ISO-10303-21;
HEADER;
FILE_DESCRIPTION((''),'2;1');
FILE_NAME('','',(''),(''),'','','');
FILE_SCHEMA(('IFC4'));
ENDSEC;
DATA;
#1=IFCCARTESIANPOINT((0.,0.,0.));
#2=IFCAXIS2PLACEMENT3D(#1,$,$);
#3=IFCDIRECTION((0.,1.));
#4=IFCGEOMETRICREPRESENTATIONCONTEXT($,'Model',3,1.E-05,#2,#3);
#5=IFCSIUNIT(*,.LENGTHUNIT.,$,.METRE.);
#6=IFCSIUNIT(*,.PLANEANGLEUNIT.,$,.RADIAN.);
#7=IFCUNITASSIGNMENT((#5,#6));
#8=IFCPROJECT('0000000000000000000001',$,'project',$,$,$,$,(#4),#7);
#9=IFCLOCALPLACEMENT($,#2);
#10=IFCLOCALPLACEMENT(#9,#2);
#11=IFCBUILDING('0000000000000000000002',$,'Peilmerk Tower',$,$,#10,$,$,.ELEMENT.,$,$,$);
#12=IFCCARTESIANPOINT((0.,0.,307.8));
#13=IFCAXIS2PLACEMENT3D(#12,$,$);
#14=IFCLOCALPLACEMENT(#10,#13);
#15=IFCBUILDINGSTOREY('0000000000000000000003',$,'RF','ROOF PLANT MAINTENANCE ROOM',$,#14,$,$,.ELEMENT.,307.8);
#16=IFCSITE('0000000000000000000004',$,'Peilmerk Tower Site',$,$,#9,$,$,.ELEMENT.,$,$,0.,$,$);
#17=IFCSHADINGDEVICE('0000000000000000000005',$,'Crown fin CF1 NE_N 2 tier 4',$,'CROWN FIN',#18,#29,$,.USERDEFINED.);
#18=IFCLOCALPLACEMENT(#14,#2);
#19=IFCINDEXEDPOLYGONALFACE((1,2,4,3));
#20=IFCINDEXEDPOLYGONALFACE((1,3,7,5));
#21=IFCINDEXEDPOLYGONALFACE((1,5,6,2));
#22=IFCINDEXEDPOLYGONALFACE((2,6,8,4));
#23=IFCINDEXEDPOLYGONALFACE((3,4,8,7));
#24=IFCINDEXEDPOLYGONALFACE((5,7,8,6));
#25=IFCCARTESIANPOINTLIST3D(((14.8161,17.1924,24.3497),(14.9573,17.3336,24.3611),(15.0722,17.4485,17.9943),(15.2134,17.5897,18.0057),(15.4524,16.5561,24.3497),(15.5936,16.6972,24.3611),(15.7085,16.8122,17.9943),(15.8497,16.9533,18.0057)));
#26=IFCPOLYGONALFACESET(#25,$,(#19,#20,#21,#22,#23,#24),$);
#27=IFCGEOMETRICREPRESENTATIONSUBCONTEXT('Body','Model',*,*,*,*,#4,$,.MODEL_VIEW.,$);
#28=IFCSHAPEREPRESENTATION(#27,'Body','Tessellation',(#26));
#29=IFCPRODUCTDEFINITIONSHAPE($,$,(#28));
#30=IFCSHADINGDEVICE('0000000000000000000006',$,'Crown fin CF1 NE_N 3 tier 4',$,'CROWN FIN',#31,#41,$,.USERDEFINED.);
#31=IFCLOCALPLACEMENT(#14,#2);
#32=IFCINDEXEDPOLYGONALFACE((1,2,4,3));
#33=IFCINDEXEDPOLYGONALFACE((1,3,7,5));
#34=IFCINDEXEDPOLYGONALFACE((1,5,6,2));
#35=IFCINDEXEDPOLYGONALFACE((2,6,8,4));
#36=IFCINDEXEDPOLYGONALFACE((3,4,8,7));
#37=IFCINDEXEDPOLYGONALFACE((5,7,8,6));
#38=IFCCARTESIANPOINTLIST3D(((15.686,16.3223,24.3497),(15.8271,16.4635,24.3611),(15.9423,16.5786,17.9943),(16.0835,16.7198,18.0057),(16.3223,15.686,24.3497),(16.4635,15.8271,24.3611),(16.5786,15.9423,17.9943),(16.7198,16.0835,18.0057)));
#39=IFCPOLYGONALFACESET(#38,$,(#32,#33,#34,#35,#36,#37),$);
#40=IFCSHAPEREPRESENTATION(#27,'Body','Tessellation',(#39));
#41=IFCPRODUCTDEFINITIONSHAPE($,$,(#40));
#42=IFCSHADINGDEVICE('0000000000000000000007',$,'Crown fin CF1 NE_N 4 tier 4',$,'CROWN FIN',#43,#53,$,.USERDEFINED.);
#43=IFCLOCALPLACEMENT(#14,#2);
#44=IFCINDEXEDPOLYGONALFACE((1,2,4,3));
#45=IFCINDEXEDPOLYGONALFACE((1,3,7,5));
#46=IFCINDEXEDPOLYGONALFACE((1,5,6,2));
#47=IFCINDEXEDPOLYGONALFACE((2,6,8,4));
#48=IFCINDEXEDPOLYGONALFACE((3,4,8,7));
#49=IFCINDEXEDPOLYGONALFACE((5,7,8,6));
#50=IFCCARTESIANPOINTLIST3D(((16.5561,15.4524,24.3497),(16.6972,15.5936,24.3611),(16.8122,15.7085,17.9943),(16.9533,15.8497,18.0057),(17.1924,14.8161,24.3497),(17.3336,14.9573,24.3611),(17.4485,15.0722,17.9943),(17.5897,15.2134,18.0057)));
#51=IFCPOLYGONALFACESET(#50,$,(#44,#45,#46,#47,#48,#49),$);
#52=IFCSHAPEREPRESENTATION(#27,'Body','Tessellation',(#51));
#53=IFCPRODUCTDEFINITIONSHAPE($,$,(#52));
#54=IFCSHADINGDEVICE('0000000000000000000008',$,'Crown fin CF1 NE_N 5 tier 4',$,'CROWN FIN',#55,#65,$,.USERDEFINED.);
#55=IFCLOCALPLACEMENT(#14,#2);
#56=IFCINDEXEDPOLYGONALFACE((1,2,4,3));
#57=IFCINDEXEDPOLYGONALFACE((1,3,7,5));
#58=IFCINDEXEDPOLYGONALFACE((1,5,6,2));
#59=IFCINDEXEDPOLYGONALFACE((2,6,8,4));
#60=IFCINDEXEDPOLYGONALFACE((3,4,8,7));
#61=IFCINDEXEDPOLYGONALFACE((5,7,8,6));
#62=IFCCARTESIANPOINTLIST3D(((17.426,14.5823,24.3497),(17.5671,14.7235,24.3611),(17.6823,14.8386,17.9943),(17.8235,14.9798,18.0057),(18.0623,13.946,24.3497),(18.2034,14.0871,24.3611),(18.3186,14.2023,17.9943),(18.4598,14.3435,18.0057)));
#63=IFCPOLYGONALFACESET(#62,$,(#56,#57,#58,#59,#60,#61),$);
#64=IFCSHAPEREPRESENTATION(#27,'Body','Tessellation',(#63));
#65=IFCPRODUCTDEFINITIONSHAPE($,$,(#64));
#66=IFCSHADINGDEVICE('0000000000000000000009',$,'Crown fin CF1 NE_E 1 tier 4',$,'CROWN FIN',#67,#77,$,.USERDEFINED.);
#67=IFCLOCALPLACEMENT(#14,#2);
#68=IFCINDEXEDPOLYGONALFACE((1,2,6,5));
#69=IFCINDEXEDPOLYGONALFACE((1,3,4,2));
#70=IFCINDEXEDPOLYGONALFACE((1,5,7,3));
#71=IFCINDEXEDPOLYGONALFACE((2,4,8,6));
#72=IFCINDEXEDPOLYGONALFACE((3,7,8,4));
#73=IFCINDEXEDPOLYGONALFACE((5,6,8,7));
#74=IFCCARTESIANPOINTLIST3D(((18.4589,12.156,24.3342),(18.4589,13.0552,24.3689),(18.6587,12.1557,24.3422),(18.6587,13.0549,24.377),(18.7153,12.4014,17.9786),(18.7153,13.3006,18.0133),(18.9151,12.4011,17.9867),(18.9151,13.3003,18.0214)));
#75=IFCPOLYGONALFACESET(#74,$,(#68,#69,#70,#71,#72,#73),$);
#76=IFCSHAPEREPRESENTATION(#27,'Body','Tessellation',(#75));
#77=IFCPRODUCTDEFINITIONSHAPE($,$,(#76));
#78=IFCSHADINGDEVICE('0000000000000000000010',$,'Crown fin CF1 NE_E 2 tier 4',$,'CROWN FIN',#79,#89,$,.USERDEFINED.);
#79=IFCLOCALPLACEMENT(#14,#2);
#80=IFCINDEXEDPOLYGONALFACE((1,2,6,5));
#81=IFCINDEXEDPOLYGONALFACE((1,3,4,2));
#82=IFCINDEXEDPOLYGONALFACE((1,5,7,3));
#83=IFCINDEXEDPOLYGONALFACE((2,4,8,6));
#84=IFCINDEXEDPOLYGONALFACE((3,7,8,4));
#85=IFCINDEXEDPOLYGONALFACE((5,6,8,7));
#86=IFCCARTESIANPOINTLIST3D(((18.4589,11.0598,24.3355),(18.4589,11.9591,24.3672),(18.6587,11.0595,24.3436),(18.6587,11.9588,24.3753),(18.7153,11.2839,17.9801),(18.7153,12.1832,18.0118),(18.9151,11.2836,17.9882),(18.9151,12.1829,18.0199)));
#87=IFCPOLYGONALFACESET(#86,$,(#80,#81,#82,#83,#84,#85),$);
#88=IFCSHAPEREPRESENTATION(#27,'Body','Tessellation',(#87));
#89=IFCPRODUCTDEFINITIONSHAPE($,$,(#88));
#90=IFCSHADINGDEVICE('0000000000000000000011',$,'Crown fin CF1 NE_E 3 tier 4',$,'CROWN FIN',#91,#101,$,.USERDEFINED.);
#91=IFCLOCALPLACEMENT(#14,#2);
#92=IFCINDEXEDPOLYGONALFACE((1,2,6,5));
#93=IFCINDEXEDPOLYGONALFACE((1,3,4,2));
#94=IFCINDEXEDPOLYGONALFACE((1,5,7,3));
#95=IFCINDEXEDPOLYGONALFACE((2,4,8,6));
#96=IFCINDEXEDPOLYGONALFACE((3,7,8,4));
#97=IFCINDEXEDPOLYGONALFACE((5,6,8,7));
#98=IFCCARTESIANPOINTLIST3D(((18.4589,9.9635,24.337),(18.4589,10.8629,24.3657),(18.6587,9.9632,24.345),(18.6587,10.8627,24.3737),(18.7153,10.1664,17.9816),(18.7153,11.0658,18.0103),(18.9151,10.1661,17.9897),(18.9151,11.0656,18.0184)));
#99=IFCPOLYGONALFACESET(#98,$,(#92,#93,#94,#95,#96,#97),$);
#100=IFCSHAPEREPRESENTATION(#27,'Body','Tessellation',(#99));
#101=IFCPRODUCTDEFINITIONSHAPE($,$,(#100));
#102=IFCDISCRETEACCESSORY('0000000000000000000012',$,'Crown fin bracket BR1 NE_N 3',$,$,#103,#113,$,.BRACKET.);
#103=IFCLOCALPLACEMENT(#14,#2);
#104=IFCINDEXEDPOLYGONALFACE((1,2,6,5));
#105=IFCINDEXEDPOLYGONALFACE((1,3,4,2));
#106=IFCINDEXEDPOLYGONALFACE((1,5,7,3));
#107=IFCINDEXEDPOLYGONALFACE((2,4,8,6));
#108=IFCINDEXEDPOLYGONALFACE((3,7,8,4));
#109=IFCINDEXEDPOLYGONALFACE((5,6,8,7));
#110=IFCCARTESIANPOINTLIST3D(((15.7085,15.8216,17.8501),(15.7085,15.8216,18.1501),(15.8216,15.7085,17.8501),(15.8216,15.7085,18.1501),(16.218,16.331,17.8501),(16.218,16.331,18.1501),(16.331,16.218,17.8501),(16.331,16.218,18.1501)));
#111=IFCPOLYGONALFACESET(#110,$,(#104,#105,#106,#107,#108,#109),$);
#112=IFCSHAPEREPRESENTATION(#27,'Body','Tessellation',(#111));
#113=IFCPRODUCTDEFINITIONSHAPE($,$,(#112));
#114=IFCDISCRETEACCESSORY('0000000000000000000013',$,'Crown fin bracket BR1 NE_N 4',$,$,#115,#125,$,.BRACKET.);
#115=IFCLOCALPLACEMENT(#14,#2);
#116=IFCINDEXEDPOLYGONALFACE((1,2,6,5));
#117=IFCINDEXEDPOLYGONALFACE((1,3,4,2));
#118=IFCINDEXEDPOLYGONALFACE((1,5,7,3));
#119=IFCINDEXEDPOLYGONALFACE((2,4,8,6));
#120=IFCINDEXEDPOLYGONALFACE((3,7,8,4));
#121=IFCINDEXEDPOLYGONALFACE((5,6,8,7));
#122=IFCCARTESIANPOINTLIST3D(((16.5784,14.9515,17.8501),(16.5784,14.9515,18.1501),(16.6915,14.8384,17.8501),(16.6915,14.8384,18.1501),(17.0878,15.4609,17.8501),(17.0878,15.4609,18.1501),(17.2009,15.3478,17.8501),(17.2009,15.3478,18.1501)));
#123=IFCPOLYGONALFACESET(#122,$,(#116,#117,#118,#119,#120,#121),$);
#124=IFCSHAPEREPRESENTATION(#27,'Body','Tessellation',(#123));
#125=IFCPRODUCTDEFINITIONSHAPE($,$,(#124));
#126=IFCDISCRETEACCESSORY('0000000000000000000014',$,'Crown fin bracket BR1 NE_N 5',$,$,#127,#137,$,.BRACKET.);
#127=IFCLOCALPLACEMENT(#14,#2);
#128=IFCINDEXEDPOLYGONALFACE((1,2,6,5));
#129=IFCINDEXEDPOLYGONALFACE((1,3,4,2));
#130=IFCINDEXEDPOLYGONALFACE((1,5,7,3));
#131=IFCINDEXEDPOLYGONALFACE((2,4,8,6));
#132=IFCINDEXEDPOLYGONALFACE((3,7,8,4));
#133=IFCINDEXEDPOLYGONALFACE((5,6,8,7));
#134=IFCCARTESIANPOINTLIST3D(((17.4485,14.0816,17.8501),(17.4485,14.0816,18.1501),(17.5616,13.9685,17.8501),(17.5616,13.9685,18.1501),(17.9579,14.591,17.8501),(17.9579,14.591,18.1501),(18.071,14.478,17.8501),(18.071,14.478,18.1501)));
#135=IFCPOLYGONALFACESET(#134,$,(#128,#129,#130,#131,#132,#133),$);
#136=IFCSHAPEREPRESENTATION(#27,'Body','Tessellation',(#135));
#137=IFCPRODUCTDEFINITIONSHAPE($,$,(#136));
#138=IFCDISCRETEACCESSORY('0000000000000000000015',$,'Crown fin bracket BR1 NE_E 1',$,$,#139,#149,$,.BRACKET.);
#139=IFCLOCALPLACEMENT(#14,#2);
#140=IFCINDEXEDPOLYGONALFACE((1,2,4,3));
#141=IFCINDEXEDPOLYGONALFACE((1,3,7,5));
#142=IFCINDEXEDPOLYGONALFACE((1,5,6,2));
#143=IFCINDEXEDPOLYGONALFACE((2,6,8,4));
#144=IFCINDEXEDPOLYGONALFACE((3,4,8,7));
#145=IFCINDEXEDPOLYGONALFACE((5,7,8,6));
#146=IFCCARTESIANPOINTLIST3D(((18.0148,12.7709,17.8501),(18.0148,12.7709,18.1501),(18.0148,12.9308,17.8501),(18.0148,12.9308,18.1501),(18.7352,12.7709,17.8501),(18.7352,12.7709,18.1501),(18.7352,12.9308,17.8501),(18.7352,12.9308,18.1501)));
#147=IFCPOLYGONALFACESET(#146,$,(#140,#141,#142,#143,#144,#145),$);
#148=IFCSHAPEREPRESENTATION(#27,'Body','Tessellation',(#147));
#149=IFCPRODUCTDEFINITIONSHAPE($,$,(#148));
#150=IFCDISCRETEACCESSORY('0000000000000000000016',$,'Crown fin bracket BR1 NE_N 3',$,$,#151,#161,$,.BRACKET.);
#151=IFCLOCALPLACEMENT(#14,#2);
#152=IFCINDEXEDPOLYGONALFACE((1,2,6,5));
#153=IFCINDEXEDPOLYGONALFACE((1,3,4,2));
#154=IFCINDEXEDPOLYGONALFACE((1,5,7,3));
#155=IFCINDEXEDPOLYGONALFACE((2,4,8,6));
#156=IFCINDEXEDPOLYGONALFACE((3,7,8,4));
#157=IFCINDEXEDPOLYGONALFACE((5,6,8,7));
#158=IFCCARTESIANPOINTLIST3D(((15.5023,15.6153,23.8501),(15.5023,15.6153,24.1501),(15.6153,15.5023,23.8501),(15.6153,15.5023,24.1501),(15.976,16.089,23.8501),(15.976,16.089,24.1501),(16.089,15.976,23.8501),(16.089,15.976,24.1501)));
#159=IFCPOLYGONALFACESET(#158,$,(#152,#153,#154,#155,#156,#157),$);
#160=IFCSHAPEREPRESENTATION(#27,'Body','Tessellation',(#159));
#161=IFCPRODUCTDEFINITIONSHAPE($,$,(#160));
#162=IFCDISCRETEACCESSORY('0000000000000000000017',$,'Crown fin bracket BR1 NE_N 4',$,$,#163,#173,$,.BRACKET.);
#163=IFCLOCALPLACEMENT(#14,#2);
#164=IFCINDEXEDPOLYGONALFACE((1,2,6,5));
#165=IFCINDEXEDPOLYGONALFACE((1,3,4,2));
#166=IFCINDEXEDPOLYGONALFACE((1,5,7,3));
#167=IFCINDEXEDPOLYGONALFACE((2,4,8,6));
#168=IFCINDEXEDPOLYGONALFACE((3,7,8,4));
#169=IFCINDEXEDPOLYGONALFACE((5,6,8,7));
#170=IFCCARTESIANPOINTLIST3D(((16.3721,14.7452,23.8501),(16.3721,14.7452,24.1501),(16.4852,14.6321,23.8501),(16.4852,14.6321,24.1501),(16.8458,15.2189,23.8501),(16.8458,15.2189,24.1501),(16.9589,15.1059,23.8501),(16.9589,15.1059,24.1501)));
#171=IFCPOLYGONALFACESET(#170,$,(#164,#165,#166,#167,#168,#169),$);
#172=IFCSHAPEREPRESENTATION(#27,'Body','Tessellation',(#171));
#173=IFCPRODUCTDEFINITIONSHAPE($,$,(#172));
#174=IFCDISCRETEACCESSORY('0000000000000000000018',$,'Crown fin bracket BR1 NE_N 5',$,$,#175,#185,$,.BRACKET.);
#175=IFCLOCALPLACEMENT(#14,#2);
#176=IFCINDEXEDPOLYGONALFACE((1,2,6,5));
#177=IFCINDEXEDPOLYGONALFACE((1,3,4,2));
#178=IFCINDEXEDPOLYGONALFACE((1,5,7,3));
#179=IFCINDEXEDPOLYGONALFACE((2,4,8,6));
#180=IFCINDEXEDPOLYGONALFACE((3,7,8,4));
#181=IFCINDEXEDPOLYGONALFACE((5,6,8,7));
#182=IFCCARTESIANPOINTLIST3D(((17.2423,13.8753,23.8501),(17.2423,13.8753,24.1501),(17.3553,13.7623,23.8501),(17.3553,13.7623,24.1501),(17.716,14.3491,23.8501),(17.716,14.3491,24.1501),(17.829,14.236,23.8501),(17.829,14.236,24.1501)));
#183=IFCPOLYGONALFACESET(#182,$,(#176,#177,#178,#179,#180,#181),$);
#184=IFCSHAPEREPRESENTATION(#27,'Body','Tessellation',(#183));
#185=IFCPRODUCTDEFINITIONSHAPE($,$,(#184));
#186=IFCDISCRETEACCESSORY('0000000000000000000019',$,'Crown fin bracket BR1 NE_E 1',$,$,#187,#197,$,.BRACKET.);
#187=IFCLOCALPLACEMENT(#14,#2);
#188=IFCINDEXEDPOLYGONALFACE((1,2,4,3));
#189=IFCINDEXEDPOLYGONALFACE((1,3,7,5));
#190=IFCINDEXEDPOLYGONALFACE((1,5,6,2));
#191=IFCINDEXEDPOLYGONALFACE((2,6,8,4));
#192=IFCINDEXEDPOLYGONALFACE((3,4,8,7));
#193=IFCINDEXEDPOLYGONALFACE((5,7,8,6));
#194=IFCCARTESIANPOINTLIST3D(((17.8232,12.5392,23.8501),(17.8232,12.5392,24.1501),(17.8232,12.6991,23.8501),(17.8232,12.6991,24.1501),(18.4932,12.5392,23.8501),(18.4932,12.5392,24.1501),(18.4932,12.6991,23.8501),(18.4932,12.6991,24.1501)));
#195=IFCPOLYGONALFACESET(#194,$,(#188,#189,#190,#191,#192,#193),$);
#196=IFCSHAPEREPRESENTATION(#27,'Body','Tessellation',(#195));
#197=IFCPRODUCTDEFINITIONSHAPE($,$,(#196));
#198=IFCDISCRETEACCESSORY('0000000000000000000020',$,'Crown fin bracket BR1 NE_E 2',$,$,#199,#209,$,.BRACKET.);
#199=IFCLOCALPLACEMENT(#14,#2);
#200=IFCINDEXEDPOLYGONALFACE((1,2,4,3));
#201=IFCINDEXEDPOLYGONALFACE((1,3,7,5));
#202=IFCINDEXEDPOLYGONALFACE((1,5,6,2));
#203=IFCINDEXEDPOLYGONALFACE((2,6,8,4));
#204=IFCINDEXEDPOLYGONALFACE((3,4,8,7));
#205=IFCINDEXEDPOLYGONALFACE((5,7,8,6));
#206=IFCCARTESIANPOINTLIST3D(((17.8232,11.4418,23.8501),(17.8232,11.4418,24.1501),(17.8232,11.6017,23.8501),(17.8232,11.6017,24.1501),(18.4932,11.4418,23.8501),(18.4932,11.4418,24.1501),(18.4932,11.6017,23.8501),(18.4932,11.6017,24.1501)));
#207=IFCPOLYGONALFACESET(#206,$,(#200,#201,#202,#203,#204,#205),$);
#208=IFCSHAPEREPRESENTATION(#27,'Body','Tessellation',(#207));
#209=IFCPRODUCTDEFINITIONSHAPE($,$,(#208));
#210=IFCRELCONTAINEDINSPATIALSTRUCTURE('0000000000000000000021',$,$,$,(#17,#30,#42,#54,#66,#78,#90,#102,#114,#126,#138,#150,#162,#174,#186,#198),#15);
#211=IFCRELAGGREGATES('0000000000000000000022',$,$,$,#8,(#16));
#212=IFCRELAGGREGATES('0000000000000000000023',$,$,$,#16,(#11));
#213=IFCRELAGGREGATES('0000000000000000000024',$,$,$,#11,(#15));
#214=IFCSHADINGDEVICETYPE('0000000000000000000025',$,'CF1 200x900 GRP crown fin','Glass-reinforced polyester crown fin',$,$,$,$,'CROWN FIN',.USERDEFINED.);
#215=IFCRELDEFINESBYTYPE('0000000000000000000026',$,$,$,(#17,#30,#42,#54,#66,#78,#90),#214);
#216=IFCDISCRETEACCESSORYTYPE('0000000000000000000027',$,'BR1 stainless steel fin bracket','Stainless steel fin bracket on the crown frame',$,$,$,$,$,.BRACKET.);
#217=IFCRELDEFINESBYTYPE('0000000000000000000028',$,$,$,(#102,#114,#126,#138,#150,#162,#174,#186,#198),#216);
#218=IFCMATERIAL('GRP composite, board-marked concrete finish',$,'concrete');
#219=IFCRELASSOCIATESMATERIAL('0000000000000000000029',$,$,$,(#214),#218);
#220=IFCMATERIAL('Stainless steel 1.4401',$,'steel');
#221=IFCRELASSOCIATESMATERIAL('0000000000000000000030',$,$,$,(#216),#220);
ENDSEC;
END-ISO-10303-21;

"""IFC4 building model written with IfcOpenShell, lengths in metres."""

from ifc_helpers import new_model, si_unit, direction, frame, origin, origin_2d, place, context, subcontext, project, spatial, rectangle, extrude, source, transform, mapped, material, material_profile, profile_set, type_object, element, save


model = new_model("IFC4")

# Units and contexts
model_context = context("Model", 3, precision=1e-05, world=origin(), true_north=direction((0.0, 1.0)))
body_context = subcontext(model_context, "Body", "Model", "MODEL_VIEW")
ifc_project = project(units=[si_unit("LENGTHUNIT", "METRE"), si_unit("PLANEANGLEUNIT", "RADIAN")], contexts=[model_context])

# Site, building, storey
site_placement = place(None, origin())
site = spatial("IfcSite", under=ifc_project, at=site_placement, Name="Peilmerk Tower Site", CompositionType="ELEMENT", RefElevation=0.0)
building_placement = place(site_placement, origin())
building = spatial("IfcBuilding", under=site, at=building_placement, Name="Peilmerk Tower", CompositionType="ELEMENT")
storey_placement = place(building_placement, frame((0.0, 0.0, 307.8)))
storey = spatial("IfcBuildingStorey", under=building, at=storey_placement, Name="RF", Description="ROOF PLANT MAINTENANCE ROOM", CompositionType="ELEMENT", Elevation=307.8)

# Shading devices
ifc_material_1 = material(Name="GRP composite, board-marked concrete finish", Category="concrete")
ifc_material_profile_1 = material_profile(ifc_material_1, rectangle(XDim=0.2, YDim=0.8999, at=origin_2d()), Name="CF1 200x900")
ifc_profile_set_1 = profile_set([ifc_material_profile_1], Name="GRP composite, board-marked concrete finish")
shading_device_type = type_object("IfcShadingDeviceType", Name="CF1 200x900 GRP crown fin", Description="Glass-reinforced polyester crown fin", ElementType="CROWN FIN", PredefinedType="USERDEFINED", material=ifc_profile_set_1)
shared_shape_1 = source(origin(), body_context, "Body", "SweptSolid", [
    extrude(rectangle(XDim=0.2, YDim=0.8999, at=origin_2d()), origin(), (0.0, 0.0, 1.0), 6.3657),
])
for number, where, z_axis, x_axis, name in (
    (1, (15.4609, 17.2009, 18.0), (-0.040231, -0.040231, 0.99838), (0.705961, 0.705961, 0.056896), "Crown fin CF1 NE_N 2 tier 4"),
    (2, (16.3311, 16.3311, 18.0), (-0.04027, -0.04027, 0.998377), (0.705959, 0.705959, 0.05695), "Crown fin CF1 NE_N 3 tier 4"),
    (3, (17.2009, 15.4609, 18.0), (-0.040231, -0.040231, 0.99838), (0.705961, 0.705961, 0.056896), "Crown fin CF1 NE_N 4 tier 4"),
    (4, (18.071, 14.5911, 18.0), (-0.04027, -0.04027, 0.998377), (0.705959, 0.705959, 0.05695), "Crown fin CF1 NE_N 5 tier 4"),
):
    element("IfcShadingDevice", number, at=place(storey_placement, frame(where, z_axis=z_axis, x_axis=x_axis)), inside=storey, type_object=shading_device_type, Name=name, ObjectType="CROWN FIN", PredefinedType="USERDEFINED", context=body_context, shape_type="MappedRepresentation", body=[
        mapped(shared_shape_1, transform((0.0, 0.0, 0.0), scale=1.0)),
    ])
shared_shape_2 = source(origin(), body_context, "Body", "SweptSolid", [
    extrude(rectangle(XDim=0.2, YDim=0.8999, at=origin_2d()), origin(), (0.0, 0.0, 1.0), 6.3655),
])
shading_device_1_placement = place(storey_placement, frame((18.8152, 12.8508, 18.0), z_axis=(-0.040272, -0.038546, 0.998445), x_axis=(0.999189, -0.001554, 0.040242)))
element("IfcShadingDevice", 5, at=shading_device_1_placement, inside=storey, type_object=shading_device_type, Name="Crown fin CF1 NE_E 1 tier 4", ObjectType="CROWN FIN", PredefinedType="USERDEFINED", context=body_context, shape_type="MappedRepresentation", body=[
    mapped(shared_shape_2, transform((0.0, 0.0, 0.0), scale=1.0)),
])
shared_shape_3 = source(origin(), body_context, "Body", "SweptSolid", [
    extrude(rectangle(XDim=0.2, YDim=0.8999, at=origin_2d()), origin(), (0.0, 0.0, 1.0), 6.3645),
])
shading_device_2_placement = place(storey_placement, frame((18.8152, 11.7334, 18.0), z_axis=(-0.040277, -0.035214, 0.998568), x_axis=(0.999189, -0.001419, 0.040252)))
element("IfcShadingDevice", 6, at=shading_device_2_placement, inside=storey, type_object=shading_device_type, Name="Crown fin CF1 NE_E 2 tier 4", ObjectType="CROWN FIN", PredefinedType="USERDEFINED", context=body_context, shape_type="MappedRepresentation", body=[
    mapped(shared_shape_3, transform((0.0, 0.0, 0.0), scale=1.0)),
])
shared_shape_4 = source(origin(), body_context, "Body", "SweptSolid", [
    extrude(rectangle(XDim=0.2, YDim=0.8999, at=origin_2d()), origin(), (0.0, 0.0, 1.0), 6.3638),
])
shading_device_3_placement = place(storey_placement, frame((18.8152, 10.616, 18.0), z_axis=(-0.040282, -0.03188, 0.99868), x_axis=(0.999188, -0.001285, 0.040261)))
element("IfcShadingDevice", 7, at=shading_device_3_placement, inside=storey, type_object=shading_device_type, Name="Crown fin CF1 NE_E 3 tier 4", ObjectType="CROWN FIN", PredefinedType="USERDEFINED", context=body_context, shape_type="MappedRepresentation", body=[
    mapped(shared_shape_4, transform((0.0, 0.0, 0.0), scale=1.0)),
])

# Discrete accessories
ifc_material_2 = material(Name="Stainless steel 1.4401", Category="steel")
discrete_accessory_type = type_object("IfcDiscreteAccessoryType", Name="BR1 stainless steel fin bracket", Description="Stainless steel fin bracket on the crown frame", PredefinedType="BRACKET", material=ifc_material_2)
shared_shape_5 = source(origin(), body_context, "Body", "SweptSolid", [
    extrude(rectangle(XDim=0.7205, YDim=0.1599, at=origin_2d()), origin(), (0.0, 0.0, 1.0), 0.3),
])
for number, where, z_axis, x_axis, name in (
    (8, (16.0198, 16.0198, 17.8501), (0.0, 0.0, 1.0), (0.707107, 0.707107, 0.0), "Crown fin bracket BR1 NE_N 3"),
    (9, (16.8896, 15.1497, 17.8501), (0.0, 0.0, 1.0), (0.707107, 0.707107, 0.0), "Crown fin bracket BR1 NE_N 4"),
    (10, (17.7598, 14.2798, 17.8501), (0.0, 0.0, 1.0), (0.707107, 0.707107, 0.0), "Crown fin bracket BR1 NE_N 5"),
    (11, (18.375, 12.8508, 17.8501), (0.0, 0.0, 1.0), (1.0, 0.0, 0.0), "Crown fin bracket BR1 NE_E 1"),
):
    element("IfcDiscreteAccessory", number, at=place(storey_placement, frame(where, z_axis=z_axis, x_axis=x_axis)), inside=storey, type_object=discrete_accessory_type, Name=name, PredefinedType="BRACKET", context=body_context, shape_type="MappedRepresentation", body=[
        mapped(shared_shape_5, transform((0.0, 0.0, 0.0), scale=1.0)),
    ])
shared_shape_6 = source(origin(), body_context, "Body", "SweptSolid", [
    extrude(rectangle(XDim=0.6699, YDim=0.1599, at=origin_2d()), origin(), (0.0, 0.0, 1.0), 0.3),
])
for number, where, z_axis, x_axis, name in (
    (12, (15.7957, 15.7957, 23.8501), (0.0, 0.0, 1.0), (0.707107, 0.707107, 0.0), "Crown fin bracket BR1 NE_N 3"),
    (13, (16.6655, 14.9255, 23.8501), (0.0, 0.0, 1.0), (0.707107, 0.707107, 0.0), "Crown fin bracket BR1 NE_N 4"),
    (14, (17.5356, 14.0557, 23.8501), (0.0, 0.0, 1.0), (0.707107, 0.707107, 0.0), "Crown fin bracket BR1 NE_N 5"),
    (15, (18.1582, 12.6191, 23.8501), (0.0, 0.0, 1.0), (1.0, 0.0, 0.0), "Crown fin bracket BR1 NE_E 1"),
    (16, (18.1582, 11.5217, 23.8501), (0.0, 0.0, 1.0), (1.0, 0.0, 0.0), "Crown fin bracket BR1 NE_E 2"),
):
    element("IfcDiscreteAccessory", number, at=place(storey_placement, frame(where, z_axis=z_axis, x_axis=x_axis)), inside=storey, type_object=discrete_accessory_type, Name=name, PredefinedType="BRACKET", context=body_context, shape_type="MappedRepresentation", body=[
        mapped(shared_shape_6, transform((0.0, 0.0, 0.0), scale=1.0)),
    ])

save(model, "model.ifc")
